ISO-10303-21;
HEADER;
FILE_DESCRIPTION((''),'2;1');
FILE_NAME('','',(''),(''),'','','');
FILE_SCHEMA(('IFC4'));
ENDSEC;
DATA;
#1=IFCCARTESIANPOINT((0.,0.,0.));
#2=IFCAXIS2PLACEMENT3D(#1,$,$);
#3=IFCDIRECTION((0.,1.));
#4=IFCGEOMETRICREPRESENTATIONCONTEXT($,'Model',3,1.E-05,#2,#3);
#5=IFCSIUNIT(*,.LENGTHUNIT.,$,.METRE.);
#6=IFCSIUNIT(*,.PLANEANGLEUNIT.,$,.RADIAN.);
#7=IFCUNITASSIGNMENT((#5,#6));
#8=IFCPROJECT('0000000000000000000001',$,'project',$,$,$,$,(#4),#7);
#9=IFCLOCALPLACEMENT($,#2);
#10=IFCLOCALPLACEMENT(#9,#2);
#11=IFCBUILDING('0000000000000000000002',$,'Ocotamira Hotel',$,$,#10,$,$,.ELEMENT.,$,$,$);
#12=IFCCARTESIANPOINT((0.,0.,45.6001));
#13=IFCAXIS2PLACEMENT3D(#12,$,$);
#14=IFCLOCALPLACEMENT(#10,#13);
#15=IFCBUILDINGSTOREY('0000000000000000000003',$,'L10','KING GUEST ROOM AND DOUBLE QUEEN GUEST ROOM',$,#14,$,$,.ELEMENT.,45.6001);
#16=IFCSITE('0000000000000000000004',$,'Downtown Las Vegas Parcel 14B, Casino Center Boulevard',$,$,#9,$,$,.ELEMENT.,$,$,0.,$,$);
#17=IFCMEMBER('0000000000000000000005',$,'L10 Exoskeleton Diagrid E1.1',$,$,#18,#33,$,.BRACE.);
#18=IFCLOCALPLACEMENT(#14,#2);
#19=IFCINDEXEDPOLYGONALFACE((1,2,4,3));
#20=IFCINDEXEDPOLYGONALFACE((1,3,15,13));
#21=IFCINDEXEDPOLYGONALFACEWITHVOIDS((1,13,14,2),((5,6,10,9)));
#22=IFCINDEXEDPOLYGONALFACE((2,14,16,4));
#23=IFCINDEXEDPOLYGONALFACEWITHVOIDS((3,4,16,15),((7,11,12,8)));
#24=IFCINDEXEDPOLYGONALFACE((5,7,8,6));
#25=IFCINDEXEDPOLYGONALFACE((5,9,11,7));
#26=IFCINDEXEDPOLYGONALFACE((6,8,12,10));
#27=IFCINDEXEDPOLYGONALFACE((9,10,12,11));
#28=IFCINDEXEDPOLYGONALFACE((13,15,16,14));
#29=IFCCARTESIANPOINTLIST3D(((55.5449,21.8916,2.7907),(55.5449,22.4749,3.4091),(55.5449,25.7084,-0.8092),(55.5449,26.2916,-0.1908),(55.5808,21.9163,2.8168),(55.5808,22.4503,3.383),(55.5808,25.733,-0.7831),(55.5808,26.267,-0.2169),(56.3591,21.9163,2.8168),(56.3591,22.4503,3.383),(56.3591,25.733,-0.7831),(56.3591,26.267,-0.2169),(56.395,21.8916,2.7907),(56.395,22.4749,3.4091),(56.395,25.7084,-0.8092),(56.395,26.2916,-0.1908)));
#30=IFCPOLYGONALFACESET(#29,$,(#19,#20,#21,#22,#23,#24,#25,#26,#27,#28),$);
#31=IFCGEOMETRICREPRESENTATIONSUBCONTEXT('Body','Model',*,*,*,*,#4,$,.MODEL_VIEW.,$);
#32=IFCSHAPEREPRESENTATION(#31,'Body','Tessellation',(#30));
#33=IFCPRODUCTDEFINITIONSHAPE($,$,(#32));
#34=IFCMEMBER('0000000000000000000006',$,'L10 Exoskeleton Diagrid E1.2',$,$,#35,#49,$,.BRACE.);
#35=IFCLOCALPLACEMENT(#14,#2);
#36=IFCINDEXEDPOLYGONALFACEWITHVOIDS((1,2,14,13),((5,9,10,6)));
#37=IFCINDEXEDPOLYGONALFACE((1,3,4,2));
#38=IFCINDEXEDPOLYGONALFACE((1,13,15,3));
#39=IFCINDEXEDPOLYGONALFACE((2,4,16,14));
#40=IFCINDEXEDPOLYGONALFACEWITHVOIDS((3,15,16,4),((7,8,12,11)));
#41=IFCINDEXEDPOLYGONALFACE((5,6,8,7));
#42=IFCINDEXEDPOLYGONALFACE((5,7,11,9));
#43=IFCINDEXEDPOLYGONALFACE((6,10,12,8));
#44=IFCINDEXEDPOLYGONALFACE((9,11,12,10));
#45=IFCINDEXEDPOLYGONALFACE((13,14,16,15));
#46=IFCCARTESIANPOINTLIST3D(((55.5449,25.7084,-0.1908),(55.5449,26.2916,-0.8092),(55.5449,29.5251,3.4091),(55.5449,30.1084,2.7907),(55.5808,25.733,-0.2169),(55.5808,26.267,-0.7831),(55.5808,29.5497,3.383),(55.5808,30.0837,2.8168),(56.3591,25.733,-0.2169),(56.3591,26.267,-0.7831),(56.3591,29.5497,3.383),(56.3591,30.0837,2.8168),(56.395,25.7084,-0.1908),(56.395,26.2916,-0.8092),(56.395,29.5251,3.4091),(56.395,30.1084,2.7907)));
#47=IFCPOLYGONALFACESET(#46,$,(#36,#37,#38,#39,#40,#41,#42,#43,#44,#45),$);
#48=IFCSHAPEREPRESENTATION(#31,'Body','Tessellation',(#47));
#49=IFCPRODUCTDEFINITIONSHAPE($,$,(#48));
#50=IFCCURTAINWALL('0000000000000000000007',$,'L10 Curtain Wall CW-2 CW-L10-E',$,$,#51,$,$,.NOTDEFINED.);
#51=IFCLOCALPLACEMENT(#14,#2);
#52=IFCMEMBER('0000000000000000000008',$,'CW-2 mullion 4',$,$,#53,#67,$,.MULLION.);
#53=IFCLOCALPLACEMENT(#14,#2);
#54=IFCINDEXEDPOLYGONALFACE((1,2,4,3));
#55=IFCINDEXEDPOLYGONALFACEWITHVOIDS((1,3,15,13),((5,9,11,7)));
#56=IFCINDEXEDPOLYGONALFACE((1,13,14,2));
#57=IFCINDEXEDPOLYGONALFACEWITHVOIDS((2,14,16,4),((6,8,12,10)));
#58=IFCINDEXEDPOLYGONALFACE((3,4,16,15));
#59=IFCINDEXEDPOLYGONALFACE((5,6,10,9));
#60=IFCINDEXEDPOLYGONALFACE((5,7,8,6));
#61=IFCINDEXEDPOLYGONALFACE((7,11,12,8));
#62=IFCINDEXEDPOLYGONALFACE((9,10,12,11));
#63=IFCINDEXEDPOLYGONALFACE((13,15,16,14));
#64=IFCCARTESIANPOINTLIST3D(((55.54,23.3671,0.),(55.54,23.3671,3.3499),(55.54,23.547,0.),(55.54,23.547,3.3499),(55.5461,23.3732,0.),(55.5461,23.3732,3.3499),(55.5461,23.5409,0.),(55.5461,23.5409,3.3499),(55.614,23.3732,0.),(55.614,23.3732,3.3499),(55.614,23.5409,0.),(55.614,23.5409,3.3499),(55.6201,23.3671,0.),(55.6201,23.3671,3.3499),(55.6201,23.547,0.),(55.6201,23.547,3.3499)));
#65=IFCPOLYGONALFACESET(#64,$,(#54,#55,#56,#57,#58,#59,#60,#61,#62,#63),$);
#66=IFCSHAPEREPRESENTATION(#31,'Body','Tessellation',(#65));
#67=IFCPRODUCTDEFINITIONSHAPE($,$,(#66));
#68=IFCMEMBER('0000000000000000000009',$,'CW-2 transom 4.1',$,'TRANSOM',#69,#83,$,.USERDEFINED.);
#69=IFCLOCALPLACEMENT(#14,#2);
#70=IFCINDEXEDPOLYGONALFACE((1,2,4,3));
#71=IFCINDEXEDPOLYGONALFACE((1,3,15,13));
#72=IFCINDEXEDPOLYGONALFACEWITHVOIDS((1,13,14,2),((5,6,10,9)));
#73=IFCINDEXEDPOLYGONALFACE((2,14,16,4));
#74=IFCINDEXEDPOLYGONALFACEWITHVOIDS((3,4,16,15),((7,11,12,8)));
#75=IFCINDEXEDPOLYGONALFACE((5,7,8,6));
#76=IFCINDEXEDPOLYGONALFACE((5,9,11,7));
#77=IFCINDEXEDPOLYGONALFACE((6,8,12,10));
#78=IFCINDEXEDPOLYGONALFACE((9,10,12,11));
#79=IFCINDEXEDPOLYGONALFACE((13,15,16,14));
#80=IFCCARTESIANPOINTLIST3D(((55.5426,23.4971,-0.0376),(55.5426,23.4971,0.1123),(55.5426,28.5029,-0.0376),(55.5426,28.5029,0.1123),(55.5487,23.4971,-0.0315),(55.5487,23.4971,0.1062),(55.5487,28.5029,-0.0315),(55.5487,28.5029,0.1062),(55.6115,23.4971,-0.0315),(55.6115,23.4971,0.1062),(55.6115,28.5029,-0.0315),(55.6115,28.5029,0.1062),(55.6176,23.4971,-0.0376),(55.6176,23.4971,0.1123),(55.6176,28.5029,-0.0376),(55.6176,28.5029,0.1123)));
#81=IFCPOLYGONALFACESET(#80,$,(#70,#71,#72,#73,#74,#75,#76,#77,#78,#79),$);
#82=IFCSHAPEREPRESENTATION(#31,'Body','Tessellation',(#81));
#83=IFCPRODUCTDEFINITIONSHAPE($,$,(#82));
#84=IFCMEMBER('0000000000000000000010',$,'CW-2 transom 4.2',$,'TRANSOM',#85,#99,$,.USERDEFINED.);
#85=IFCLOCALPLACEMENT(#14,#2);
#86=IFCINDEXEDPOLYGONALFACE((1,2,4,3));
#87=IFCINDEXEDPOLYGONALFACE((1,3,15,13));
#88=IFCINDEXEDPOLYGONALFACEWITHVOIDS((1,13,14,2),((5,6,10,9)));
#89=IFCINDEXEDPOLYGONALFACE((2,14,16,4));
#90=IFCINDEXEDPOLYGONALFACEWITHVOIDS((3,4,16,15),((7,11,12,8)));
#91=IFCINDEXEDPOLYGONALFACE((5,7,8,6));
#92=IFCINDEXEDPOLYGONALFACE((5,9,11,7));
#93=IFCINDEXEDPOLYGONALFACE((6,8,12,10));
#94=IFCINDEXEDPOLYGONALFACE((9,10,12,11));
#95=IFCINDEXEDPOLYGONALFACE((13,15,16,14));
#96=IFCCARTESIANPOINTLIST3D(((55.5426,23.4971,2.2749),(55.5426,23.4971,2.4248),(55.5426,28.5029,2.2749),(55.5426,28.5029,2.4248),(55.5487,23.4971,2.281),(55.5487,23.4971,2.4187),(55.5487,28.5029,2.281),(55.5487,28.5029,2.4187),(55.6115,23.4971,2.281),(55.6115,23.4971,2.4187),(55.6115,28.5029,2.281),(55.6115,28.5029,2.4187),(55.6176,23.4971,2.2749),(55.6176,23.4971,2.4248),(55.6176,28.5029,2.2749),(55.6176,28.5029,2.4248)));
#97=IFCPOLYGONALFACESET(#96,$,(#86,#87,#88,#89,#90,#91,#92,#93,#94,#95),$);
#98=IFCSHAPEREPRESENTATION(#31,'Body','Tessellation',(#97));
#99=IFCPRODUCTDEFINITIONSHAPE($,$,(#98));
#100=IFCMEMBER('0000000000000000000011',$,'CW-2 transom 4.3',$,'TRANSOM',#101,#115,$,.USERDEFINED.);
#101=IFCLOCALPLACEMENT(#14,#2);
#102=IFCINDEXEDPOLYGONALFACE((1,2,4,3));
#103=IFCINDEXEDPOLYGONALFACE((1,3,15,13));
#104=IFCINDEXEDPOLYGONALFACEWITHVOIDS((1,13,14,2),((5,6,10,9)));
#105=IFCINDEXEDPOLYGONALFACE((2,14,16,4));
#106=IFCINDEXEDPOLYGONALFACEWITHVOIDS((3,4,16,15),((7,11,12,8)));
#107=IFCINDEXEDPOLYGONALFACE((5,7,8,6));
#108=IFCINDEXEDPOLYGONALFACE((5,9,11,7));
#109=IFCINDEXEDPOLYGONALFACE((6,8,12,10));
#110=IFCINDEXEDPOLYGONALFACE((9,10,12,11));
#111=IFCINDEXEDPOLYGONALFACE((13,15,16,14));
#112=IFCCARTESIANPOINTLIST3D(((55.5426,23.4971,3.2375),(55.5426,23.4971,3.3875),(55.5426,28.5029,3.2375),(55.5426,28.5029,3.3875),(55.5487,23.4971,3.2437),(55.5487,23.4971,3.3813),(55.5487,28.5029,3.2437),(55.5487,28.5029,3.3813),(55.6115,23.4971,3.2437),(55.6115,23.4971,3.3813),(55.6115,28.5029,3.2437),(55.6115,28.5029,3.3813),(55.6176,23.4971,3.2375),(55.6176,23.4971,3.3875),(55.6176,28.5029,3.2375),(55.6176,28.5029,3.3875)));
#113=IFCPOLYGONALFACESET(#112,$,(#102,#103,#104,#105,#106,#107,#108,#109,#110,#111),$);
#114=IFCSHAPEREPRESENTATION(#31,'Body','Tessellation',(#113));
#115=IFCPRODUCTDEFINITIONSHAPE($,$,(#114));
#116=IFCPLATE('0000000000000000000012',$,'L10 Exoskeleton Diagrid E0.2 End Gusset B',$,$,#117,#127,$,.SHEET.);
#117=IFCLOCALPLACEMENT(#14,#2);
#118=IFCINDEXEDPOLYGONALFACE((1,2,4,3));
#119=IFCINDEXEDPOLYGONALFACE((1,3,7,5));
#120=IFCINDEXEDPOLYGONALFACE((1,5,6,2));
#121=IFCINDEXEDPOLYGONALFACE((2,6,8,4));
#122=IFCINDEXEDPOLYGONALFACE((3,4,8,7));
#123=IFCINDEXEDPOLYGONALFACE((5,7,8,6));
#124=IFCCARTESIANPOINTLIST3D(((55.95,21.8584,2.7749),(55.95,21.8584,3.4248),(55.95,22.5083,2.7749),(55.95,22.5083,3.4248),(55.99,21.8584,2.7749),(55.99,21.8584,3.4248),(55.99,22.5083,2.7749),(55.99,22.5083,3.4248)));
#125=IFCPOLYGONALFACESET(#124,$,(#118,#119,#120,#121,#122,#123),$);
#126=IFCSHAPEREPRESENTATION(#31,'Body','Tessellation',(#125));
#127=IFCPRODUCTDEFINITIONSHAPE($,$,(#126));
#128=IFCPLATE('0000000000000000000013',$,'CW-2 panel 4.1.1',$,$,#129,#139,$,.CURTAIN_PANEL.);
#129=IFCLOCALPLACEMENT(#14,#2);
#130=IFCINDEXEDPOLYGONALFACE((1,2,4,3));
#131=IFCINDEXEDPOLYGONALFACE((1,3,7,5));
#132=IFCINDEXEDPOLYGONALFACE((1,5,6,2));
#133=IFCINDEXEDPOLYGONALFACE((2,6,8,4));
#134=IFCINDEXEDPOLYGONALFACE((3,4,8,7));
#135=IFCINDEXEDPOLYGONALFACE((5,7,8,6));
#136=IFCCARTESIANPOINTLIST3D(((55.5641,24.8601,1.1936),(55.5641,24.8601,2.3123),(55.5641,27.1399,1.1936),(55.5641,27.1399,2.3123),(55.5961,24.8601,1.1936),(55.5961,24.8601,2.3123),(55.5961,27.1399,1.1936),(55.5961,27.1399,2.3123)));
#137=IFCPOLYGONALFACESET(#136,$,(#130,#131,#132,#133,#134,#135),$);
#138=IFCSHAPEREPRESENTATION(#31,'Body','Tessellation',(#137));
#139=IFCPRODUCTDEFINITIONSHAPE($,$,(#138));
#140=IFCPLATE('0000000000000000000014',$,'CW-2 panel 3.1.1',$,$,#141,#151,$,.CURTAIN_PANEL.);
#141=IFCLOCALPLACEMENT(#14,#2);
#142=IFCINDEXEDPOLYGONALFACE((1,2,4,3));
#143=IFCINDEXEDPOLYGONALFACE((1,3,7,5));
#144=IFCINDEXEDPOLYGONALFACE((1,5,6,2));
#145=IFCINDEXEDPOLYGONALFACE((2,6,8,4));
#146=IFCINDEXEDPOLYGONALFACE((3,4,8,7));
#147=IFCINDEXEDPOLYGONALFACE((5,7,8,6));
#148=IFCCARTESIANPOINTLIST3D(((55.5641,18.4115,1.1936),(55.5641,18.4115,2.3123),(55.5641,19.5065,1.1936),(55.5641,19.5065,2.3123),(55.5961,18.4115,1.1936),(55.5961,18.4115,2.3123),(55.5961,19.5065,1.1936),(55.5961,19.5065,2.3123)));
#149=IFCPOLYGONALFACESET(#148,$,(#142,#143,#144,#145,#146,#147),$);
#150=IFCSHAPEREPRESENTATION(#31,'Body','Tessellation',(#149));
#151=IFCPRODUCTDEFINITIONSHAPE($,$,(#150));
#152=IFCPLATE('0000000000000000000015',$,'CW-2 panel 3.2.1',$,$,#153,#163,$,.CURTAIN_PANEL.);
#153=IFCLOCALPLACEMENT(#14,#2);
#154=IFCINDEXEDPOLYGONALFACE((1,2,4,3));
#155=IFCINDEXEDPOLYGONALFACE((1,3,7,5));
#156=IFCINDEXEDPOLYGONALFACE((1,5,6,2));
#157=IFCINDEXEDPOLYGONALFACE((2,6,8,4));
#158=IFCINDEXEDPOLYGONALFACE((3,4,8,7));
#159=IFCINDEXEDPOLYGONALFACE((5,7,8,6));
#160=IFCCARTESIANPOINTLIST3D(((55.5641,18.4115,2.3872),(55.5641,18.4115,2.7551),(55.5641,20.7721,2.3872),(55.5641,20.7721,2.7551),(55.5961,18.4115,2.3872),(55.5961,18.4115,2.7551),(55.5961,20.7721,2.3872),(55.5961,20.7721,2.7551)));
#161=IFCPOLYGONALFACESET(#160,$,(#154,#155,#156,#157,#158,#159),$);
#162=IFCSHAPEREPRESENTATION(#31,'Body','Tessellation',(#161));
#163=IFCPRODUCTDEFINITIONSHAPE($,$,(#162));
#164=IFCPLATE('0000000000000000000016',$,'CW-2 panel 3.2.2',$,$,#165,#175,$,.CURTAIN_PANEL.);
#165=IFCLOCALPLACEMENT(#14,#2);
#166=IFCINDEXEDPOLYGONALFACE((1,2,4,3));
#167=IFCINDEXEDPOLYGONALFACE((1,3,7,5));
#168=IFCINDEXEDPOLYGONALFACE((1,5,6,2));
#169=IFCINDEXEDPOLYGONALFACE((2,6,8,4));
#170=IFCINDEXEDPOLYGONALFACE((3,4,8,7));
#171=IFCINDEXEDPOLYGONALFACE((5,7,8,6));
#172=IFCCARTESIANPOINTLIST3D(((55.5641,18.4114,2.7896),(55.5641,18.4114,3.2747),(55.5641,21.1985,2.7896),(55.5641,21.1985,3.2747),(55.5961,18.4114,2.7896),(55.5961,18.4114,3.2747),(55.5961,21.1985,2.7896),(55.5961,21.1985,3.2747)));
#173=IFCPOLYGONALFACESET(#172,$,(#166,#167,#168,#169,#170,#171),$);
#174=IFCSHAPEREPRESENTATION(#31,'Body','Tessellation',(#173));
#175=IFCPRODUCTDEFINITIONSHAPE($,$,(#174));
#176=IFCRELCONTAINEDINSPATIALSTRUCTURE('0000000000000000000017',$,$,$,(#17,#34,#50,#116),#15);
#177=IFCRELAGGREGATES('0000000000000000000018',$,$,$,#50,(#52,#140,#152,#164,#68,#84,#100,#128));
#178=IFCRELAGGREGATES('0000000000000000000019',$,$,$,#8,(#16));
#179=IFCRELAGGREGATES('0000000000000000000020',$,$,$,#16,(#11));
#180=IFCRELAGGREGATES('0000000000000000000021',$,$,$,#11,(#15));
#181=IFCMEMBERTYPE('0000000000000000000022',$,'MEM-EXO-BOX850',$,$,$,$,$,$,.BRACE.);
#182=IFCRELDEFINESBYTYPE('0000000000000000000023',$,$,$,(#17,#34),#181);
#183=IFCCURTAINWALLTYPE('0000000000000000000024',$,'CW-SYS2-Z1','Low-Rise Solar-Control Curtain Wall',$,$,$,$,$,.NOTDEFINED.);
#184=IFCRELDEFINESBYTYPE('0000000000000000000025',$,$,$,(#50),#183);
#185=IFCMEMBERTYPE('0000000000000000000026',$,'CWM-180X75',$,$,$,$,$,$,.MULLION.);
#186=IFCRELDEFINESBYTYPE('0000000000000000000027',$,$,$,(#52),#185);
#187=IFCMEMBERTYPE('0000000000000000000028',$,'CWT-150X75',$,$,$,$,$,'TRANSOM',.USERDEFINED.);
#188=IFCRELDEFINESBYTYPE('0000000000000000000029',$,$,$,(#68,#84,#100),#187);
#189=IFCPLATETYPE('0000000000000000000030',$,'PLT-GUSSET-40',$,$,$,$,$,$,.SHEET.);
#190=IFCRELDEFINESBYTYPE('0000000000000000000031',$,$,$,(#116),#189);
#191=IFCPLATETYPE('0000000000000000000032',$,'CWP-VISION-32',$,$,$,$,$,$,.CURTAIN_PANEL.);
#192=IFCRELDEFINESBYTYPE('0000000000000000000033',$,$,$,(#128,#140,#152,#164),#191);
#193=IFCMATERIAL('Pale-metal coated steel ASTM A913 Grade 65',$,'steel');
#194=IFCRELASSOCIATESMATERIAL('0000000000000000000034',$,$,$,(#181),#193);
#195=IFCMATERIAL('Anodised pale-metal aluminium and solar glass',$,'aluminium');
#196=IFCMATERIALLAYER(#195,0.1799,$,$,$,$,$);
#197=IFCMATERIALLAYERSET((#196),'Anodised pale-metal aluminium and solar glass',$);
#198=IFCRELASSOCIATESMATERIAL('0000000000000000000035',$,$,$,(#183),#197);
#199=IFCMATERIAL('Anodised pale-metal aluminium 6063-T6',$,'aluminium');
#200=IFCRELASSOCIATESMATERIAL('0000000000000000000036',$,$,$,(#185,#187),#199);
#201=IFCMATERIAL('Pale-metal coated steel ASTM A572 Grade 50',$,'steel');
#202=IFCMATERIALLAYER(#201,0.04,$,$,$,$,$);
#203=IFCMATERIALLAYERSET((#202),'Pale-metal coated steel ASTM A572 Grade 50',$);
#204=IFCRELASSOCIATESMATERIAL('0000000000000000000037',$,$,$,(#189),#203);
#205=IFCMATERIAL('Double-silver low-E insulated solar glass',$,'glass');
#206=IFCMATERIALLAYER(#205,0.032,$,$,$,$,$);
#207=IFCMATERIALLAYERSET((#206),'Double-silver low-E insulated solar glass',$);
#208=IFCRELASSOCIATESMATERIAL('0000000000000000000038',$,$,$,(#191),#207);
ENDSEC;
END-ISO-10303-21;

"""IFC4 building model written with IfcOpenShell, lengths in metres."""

from ifc_helpers import new_model, si_unit, direction, frame, origin, origin_2d, place, context, subcontext, project, spatial, rectangle, hollow_rectangle, extrude, source, transform, mapped, material, layer, layer_set, material_profile, profile_set, type_object, element, aggregate, save


model = new_model("IFC4")

# Units and contexts
model_context = context("Model", 3, precision=1e-05, world=origin(), true_north=direction((0.0, 1.0)))
body_context = subcontext(model_context, "Body", "Model", "MODEL_VIEW")
ifc_project = project(units=[si_unit("LENGTHUNIT", "METRE"), si_unit("PLANEANGLEUNIT", "RADIAN")], contexts=[model_context])

# Site, building, storey
site_placement = place(None, origin())
site = spatial("IfcSite", under=ifc_project, at=site_placement, Name="Downtown Las Vegas Parcel 14B, Casino Center Boulevard", CompositionType="ELEMENT", RefElevation=0.0)
building_placement = place(site_placement, origin())
building = spatial("IfcBuilding", under=site, at=building_placement, Name="Ocotamira Hotel", CompositionType="ELEMENT")
storey_placement = place(building_placement, frame((0.0, 0.0, 45.6001)))
storey = spatial("IfcBuildingStorey", under=building, at=storey_placement, Name="L10", Description="KING GUEST ROOM AND DOUBLE QUEEN GUEST ROOM", CompositionType="ELEMENT", Elevation=45.6001)

# Members
ifc_material_1 = material(Name="Pale-metal coated steel ASTM A913 Grade 65", Category="steel")
ifc_material_profile_1 = material_profile(ifc_material_1, hollow_rectangle(XDim=0.8501, YDim=0.8501, WallThickness=0.0359, at=origin_2d()), Name="BOX850X850X36")
ifc_profile_set_1 = profile_set([ifc_material_profile_1], Name="Pale-metal coated steel ASTM A913 Grade 65")
member_type_1 = type_object("IfcMemberType", Name="MEM-EXO-BOX850", PredefinedType="BRACE", material=ifc_profile_set_1)
shared_shape_1 = source(origin(), body_context, "Body", "SweptSolid", [
    extrude(hollow_rectangle(XDim=0.8501, YDim=0.8501, WallThickness=0.0359, at=origin_2d()), origin(), (0.0, 0.0, 1.0), 5.2466),
])
for number, where, z_axis, x_axis, name in (
    (1, (55.97, 26.0, -0.5), (0.0, -0.727466, 0.686144), (1.0, 0.0, 0.0), "L10 Exoskeleton Diagrid E1.1"),
    (2, (55.97, 26.0, -0.5), (0.0, 0.727466, 0.686144), (-1.0, 0.0, 0.0), "L10 Exoskeleton Diagrid E1.2"),
):
    element("IfcMember", number, at=place(storey_placement, frame(where, z_axis=z_axis, x_axis=x_axis)), inside=storey, type_object=member_type_1, Name=name, PredefinedType="BRACE", context=body_context, shape_type="MappedRepresentation", body=[
        mapped(shared_shape_1, transform((0.0, 0.0, 0.0), scale=1.0)),
    ])

# Curtain wall, members
ifc_material_2 = material(Name="Anodised pale-metal aluminium and solar glass", Category="aluminium")
ifc_layer_1 = layer(ifc_material_2, 0.1799)
ifc_layer_set_1 = layer_set([ifc_layer_1], Name="Anodised pale-metal aluminium and solar glass")
curtain_wall_type = type_object("IfcCurtainWallType", Name="CW-SYS2-Z1", Description="Low-Rise Solar-Control Curtain Wall", PredefinedType="NOTDEFINED", material=ifc_layer_set_1)
curtain_wall_placement = place(storey_placement, origin())
curtain_wall = element("IfcCurtainWall", 3, at=curtain_wall_placement, inside=storey, type_object=curtain_wall_type, Name="L10 Curtain Wall CW-2 CW-L10-E", PredefinedType="NOTDEFINED")
ifc_material_3 = material(Name="Anodised pale-metal aluminium 6063-T6", Category="aluminium")
ifc_material_profile_2 = material_profile(ifc_material_3, hollow_rectangle(XDim=0.0801, YDim=0.1799, WallThickness=0.0061, at=origin_2d()), Name="HSS180X80X6")
ifc_profile_set_2 = profile_set([ifc_material_profile_2], Name="Anodised pale-metal aluminium 6063-T6")
member_type_2 = type_object("IfcMemberType", Name="CWM-180X75", PredefinedType="MULLION", material=ifc_profile_set_2)
shared_shape_2 = source(origin(), body_context, "Body", "SweptSolid", [
    extrude(hollow_rectangle(XDim=0.0801, YDim=0.1799, WallThickness=0.0061, at=origin_2d()), origin(), (0.0, 0.0, 1.0), 3.3499),
])
member_1_placement = place(storey_placement, frame((55.5801, 23.457, 0.0), z_axis=(0.0, 0.0, 1.0), x_axis=(-1.0, 0.0, 0.0)))
member_1 = element("IfcMember", 4, at=member_1_placement, type_object=member_type_2, Name="CW-2 mullion 4", PredefinedType="MULLION", context=body_context, shape_type="MappedRepresentation", body=[
    mapped(shared_shape_2, transform((0.0, 0.0, 0.0), scale=1.0)),
])
ifc_material_profile_3 = material_profile(ifc_material_3, hollow_rectangle(XDim=0.075, YDim=0.1499, WallThickness=0.0061, at=origin_2d()), Name="HSS150X75X6")
ifc_profile_set_3 = profile_set([ifc_material_profile_3], Name="Anodised pale-metal aluminium 6063-T6")
member_type_3 = type_object("IfcMemberType", Name="CWT-150X75", ElementType="TRANSOM", PredefinedType="USERDEFINED", material=ifc_profile_set_3)
shared_shape_3 = source(origin(), body_context, "Body", "SweptSolid", [
    extrude(hollow_rectangle(XDim=0.075, YDim=0.1499, WallThickness=0.0061, at=origin_2d()), origin(), (0.0, 0.0, 1.0), 5.0059),
])
member_2_placement = place(storey_placement, frame((55.5801, 23.4971, 0.0374), z_axis=(0.0, 1.0, 0.0), x_axis=(-1.0, 0.0, 0.0)))
member_2 = element("IfcMember", 5, at=member_2_placement, type_object=member_type_3, Name="CW-2 transom 4.1", ObjectType="TRANSOM", PredefinedType="USERDEFINED", context=body_context, shape_type="MappedRepresentation", body=[
    mapped(shared_shape_3, transform((0.0, 0.0, 0.0), scale=1.0)),
])
member_3_placement = place(storey_placement, frame((55.5801, 23.4971, 2.3499), z_axis=(0.0, 1.0, 0.0), x_axis=(-1.0, 0.0, 0.0)))
member_3 = element("IfcMember", 6, at=member_3_placement, type_object=member_type_3, Name="CW-2 transom 4.2", ObjectType="TRANSOM", PredefinedType="USERDEFINED", context=body_context, shape_type="MappedRepresentation", body=[
    mapped(shared_shape_3, transform((0.0, 0.0, 0.0), scale=1.0)),
])
member_4_placement = place(storey_placement, frame((55.5801, 23.4971, 3.3125), z_axis=(0.0, 1.0, 0.0), x_axis=(-1.0, 0.0, 0.0)))
member_4 = element("IfcMember", 7, at=member_4_placement, type_object=member_type_3, Name="CW-2 transom 4.3", ObjectType="TRANSOM", PredefinedType="USERDEFINED", context=body_context, shape_type="MappedRepresentation", body=[
    mapped(shared_shape_3, transform((0.0, 0.0, 0.0), scale=1.0)),
])

# Plates
ifc_material_4 = material(Name="Pale-metal coated steel ASTM A572 Grade 50", Category="steel")
ifc_layer_2 = layer(ifc_material_4, 0.04)
ifc_layer_set_2 = layer_set([ifc_layer_2], Name="Pale-metal coated steel ASTM A572 Grade 50")
plate_type_1 = type_object("IfcPlateType", Name="PLT-GUSSET-40", PredefinedType="SHEET", material=ifc_layer_set_2)
shared_shape_4 = source(origin(), body_context, "Body", "SweptSolid", [
    extrude(rectangle(XDim=0.04, YDim=0.6499, at=origin_2d()), origin(), (0.0, 0.0, 1.0), 0.6499),
])
plate_1_placement = place(storey_placement, frame((55.97, 22.1833, 2.7749), z_axis=(0.0, 0.0, 1.0), x_axis=(1.0, 0.0, 0.0)))
element("IfcPlate", 8, at=plate_1_placement, inside=storey, type_object=plate_type_1, Name="L10 Exoskeleton Diagrid E0.2 End Gusset B", PredefinedType="SHEET", context=body_context, shape_type="MappedRepresentation", body=[
    mapped(shared_shape_4, transform((0.0, 0.0, 0.0), scale=1.0)),
])
ifc_material_5 = material(Name="Double-silver low-E insulated solar glass", Category="glass")
ifc_layer_3 = layer(ifc_material_5, 0.032)
ifc_layer_set_3 = layer_set([ifc_layer_3], Name="Double-silver low-E insulated solar glass")
plate_type_2 = type_object("IfcPlateType", Name="CWP-VISION-32", PredefinedType="CURTAIN_PANEL", material=ifc_layer_set_3)
shared_shape_5 = source(origin(), body_context, "Body", "SweptSolid", [
    extrude(rectangle(XDim=2.2798, YDim=0.032, at=origin_2d()), origin(), (0.0, 0.0, 1.0), 1.1187),
])
plate_2_placement = place(storey_placement, frame((55.5801, 26.0, 1.1936), z_axis=(0.0, 0.0, 1.0), x_axis=(0.0, 1.0, 0.0)))
plate_2 = element("IfcPlate", 9, at=plate_2_placement, type_object=plate_type_2, Name="CW-2 panel 4.1.1", PredefinedType="CURTAIN_PANEL", context=body_context, shape_type="MappedRepresentation", body=[
    mapped(shared_shape_5, transform((0.0, 0.0, 0.0), scale=1.0)),
])
shared_shape_6 = source(origin(), body_context, "Body", "SweptSolid", [
    extrude(rectangle(XDim=1.095, YDim=0.032, at=origin_2d()), origin(), (0.0, 0.0, 1.0), 1.1187),
])
plate_3_placement = place(storey_placement, frame((55.5801, 18.959, 1.1936), z_axis=(0.0, 0.0, 1.0), x_axis=(0.0, 1.0, 0.0)))
plate_3 = element("IfcPlate", 10, at=plate_3_placement, type_object=plate_type_2, Name="CW-2 panel 3.1.1", PredefinedType="CURTAIN_PANEL", context=body_context, shape_type="MappedRepresentation", body=[
    mapped(shared_shape_6, transform((0.0, 0.0, 0.0), scale=1.0)),
])
shared_shape_7 = source(origin(), body_context, "Body", "SweptSolid", [
    extrude(rectangle(XDim=2.3606, YDim=0.032, at=origin_2d()), origin(), (0.0, 0.0, 1.0), 0.3679),
])
plate_4_placement = place(storey_placement, frame((55.5801, 19.5918, 2.3872), z_axis=(0.0, 0.0, 1.0), x_axis=(0.0, 1.0, 0.0)))
plate_4 = element("IfcPlate", 11, at=plate_4_placement, type_object=plate_type_2, Name="CW-2 panel 3.2.1", PredefinedType="CURTAIN_PANEL", context=body_context, shape_type="MappedRepresentation", body=[
    mapped(shared_shape_7, transform((0.0, 0.0, 0.0), scale=1.0)),
])
shared_shape_8 = source(origin(), body_context, "Body", "SweptSolid", [
    extrude(rectangle(XDim=2.7871, YDim=0.032, at=origin_2d()), origin(), (0.0, 0.0, 1.0), 0.4851),
])
plate_5_placement = place(storey_placement, frame((55.5801, 19.8049, 2.7896), z_axis=(0.0, 0.0, 1.0), x_axis=(0.0, 1.0, 0.0)))
plate_5 = element("IfcPlate", 12, at=plate_5_placement, type_object=plate_type_2, Name="CW-2 panel 3.2.2", PredefinedType="CURTAIN_PANEL", context=body_context, shape_type="MappedRepresentation", body=[
    mapped(shared_shape_8, transform((0.0, 0.0, 0.0), scale=1.0)),
])
aggregate(curtain_wall, [member_1, plate_3, plate_4, plate_5, member_2, member_3, member_4, plate_2])

save(model, "model.ifc")
